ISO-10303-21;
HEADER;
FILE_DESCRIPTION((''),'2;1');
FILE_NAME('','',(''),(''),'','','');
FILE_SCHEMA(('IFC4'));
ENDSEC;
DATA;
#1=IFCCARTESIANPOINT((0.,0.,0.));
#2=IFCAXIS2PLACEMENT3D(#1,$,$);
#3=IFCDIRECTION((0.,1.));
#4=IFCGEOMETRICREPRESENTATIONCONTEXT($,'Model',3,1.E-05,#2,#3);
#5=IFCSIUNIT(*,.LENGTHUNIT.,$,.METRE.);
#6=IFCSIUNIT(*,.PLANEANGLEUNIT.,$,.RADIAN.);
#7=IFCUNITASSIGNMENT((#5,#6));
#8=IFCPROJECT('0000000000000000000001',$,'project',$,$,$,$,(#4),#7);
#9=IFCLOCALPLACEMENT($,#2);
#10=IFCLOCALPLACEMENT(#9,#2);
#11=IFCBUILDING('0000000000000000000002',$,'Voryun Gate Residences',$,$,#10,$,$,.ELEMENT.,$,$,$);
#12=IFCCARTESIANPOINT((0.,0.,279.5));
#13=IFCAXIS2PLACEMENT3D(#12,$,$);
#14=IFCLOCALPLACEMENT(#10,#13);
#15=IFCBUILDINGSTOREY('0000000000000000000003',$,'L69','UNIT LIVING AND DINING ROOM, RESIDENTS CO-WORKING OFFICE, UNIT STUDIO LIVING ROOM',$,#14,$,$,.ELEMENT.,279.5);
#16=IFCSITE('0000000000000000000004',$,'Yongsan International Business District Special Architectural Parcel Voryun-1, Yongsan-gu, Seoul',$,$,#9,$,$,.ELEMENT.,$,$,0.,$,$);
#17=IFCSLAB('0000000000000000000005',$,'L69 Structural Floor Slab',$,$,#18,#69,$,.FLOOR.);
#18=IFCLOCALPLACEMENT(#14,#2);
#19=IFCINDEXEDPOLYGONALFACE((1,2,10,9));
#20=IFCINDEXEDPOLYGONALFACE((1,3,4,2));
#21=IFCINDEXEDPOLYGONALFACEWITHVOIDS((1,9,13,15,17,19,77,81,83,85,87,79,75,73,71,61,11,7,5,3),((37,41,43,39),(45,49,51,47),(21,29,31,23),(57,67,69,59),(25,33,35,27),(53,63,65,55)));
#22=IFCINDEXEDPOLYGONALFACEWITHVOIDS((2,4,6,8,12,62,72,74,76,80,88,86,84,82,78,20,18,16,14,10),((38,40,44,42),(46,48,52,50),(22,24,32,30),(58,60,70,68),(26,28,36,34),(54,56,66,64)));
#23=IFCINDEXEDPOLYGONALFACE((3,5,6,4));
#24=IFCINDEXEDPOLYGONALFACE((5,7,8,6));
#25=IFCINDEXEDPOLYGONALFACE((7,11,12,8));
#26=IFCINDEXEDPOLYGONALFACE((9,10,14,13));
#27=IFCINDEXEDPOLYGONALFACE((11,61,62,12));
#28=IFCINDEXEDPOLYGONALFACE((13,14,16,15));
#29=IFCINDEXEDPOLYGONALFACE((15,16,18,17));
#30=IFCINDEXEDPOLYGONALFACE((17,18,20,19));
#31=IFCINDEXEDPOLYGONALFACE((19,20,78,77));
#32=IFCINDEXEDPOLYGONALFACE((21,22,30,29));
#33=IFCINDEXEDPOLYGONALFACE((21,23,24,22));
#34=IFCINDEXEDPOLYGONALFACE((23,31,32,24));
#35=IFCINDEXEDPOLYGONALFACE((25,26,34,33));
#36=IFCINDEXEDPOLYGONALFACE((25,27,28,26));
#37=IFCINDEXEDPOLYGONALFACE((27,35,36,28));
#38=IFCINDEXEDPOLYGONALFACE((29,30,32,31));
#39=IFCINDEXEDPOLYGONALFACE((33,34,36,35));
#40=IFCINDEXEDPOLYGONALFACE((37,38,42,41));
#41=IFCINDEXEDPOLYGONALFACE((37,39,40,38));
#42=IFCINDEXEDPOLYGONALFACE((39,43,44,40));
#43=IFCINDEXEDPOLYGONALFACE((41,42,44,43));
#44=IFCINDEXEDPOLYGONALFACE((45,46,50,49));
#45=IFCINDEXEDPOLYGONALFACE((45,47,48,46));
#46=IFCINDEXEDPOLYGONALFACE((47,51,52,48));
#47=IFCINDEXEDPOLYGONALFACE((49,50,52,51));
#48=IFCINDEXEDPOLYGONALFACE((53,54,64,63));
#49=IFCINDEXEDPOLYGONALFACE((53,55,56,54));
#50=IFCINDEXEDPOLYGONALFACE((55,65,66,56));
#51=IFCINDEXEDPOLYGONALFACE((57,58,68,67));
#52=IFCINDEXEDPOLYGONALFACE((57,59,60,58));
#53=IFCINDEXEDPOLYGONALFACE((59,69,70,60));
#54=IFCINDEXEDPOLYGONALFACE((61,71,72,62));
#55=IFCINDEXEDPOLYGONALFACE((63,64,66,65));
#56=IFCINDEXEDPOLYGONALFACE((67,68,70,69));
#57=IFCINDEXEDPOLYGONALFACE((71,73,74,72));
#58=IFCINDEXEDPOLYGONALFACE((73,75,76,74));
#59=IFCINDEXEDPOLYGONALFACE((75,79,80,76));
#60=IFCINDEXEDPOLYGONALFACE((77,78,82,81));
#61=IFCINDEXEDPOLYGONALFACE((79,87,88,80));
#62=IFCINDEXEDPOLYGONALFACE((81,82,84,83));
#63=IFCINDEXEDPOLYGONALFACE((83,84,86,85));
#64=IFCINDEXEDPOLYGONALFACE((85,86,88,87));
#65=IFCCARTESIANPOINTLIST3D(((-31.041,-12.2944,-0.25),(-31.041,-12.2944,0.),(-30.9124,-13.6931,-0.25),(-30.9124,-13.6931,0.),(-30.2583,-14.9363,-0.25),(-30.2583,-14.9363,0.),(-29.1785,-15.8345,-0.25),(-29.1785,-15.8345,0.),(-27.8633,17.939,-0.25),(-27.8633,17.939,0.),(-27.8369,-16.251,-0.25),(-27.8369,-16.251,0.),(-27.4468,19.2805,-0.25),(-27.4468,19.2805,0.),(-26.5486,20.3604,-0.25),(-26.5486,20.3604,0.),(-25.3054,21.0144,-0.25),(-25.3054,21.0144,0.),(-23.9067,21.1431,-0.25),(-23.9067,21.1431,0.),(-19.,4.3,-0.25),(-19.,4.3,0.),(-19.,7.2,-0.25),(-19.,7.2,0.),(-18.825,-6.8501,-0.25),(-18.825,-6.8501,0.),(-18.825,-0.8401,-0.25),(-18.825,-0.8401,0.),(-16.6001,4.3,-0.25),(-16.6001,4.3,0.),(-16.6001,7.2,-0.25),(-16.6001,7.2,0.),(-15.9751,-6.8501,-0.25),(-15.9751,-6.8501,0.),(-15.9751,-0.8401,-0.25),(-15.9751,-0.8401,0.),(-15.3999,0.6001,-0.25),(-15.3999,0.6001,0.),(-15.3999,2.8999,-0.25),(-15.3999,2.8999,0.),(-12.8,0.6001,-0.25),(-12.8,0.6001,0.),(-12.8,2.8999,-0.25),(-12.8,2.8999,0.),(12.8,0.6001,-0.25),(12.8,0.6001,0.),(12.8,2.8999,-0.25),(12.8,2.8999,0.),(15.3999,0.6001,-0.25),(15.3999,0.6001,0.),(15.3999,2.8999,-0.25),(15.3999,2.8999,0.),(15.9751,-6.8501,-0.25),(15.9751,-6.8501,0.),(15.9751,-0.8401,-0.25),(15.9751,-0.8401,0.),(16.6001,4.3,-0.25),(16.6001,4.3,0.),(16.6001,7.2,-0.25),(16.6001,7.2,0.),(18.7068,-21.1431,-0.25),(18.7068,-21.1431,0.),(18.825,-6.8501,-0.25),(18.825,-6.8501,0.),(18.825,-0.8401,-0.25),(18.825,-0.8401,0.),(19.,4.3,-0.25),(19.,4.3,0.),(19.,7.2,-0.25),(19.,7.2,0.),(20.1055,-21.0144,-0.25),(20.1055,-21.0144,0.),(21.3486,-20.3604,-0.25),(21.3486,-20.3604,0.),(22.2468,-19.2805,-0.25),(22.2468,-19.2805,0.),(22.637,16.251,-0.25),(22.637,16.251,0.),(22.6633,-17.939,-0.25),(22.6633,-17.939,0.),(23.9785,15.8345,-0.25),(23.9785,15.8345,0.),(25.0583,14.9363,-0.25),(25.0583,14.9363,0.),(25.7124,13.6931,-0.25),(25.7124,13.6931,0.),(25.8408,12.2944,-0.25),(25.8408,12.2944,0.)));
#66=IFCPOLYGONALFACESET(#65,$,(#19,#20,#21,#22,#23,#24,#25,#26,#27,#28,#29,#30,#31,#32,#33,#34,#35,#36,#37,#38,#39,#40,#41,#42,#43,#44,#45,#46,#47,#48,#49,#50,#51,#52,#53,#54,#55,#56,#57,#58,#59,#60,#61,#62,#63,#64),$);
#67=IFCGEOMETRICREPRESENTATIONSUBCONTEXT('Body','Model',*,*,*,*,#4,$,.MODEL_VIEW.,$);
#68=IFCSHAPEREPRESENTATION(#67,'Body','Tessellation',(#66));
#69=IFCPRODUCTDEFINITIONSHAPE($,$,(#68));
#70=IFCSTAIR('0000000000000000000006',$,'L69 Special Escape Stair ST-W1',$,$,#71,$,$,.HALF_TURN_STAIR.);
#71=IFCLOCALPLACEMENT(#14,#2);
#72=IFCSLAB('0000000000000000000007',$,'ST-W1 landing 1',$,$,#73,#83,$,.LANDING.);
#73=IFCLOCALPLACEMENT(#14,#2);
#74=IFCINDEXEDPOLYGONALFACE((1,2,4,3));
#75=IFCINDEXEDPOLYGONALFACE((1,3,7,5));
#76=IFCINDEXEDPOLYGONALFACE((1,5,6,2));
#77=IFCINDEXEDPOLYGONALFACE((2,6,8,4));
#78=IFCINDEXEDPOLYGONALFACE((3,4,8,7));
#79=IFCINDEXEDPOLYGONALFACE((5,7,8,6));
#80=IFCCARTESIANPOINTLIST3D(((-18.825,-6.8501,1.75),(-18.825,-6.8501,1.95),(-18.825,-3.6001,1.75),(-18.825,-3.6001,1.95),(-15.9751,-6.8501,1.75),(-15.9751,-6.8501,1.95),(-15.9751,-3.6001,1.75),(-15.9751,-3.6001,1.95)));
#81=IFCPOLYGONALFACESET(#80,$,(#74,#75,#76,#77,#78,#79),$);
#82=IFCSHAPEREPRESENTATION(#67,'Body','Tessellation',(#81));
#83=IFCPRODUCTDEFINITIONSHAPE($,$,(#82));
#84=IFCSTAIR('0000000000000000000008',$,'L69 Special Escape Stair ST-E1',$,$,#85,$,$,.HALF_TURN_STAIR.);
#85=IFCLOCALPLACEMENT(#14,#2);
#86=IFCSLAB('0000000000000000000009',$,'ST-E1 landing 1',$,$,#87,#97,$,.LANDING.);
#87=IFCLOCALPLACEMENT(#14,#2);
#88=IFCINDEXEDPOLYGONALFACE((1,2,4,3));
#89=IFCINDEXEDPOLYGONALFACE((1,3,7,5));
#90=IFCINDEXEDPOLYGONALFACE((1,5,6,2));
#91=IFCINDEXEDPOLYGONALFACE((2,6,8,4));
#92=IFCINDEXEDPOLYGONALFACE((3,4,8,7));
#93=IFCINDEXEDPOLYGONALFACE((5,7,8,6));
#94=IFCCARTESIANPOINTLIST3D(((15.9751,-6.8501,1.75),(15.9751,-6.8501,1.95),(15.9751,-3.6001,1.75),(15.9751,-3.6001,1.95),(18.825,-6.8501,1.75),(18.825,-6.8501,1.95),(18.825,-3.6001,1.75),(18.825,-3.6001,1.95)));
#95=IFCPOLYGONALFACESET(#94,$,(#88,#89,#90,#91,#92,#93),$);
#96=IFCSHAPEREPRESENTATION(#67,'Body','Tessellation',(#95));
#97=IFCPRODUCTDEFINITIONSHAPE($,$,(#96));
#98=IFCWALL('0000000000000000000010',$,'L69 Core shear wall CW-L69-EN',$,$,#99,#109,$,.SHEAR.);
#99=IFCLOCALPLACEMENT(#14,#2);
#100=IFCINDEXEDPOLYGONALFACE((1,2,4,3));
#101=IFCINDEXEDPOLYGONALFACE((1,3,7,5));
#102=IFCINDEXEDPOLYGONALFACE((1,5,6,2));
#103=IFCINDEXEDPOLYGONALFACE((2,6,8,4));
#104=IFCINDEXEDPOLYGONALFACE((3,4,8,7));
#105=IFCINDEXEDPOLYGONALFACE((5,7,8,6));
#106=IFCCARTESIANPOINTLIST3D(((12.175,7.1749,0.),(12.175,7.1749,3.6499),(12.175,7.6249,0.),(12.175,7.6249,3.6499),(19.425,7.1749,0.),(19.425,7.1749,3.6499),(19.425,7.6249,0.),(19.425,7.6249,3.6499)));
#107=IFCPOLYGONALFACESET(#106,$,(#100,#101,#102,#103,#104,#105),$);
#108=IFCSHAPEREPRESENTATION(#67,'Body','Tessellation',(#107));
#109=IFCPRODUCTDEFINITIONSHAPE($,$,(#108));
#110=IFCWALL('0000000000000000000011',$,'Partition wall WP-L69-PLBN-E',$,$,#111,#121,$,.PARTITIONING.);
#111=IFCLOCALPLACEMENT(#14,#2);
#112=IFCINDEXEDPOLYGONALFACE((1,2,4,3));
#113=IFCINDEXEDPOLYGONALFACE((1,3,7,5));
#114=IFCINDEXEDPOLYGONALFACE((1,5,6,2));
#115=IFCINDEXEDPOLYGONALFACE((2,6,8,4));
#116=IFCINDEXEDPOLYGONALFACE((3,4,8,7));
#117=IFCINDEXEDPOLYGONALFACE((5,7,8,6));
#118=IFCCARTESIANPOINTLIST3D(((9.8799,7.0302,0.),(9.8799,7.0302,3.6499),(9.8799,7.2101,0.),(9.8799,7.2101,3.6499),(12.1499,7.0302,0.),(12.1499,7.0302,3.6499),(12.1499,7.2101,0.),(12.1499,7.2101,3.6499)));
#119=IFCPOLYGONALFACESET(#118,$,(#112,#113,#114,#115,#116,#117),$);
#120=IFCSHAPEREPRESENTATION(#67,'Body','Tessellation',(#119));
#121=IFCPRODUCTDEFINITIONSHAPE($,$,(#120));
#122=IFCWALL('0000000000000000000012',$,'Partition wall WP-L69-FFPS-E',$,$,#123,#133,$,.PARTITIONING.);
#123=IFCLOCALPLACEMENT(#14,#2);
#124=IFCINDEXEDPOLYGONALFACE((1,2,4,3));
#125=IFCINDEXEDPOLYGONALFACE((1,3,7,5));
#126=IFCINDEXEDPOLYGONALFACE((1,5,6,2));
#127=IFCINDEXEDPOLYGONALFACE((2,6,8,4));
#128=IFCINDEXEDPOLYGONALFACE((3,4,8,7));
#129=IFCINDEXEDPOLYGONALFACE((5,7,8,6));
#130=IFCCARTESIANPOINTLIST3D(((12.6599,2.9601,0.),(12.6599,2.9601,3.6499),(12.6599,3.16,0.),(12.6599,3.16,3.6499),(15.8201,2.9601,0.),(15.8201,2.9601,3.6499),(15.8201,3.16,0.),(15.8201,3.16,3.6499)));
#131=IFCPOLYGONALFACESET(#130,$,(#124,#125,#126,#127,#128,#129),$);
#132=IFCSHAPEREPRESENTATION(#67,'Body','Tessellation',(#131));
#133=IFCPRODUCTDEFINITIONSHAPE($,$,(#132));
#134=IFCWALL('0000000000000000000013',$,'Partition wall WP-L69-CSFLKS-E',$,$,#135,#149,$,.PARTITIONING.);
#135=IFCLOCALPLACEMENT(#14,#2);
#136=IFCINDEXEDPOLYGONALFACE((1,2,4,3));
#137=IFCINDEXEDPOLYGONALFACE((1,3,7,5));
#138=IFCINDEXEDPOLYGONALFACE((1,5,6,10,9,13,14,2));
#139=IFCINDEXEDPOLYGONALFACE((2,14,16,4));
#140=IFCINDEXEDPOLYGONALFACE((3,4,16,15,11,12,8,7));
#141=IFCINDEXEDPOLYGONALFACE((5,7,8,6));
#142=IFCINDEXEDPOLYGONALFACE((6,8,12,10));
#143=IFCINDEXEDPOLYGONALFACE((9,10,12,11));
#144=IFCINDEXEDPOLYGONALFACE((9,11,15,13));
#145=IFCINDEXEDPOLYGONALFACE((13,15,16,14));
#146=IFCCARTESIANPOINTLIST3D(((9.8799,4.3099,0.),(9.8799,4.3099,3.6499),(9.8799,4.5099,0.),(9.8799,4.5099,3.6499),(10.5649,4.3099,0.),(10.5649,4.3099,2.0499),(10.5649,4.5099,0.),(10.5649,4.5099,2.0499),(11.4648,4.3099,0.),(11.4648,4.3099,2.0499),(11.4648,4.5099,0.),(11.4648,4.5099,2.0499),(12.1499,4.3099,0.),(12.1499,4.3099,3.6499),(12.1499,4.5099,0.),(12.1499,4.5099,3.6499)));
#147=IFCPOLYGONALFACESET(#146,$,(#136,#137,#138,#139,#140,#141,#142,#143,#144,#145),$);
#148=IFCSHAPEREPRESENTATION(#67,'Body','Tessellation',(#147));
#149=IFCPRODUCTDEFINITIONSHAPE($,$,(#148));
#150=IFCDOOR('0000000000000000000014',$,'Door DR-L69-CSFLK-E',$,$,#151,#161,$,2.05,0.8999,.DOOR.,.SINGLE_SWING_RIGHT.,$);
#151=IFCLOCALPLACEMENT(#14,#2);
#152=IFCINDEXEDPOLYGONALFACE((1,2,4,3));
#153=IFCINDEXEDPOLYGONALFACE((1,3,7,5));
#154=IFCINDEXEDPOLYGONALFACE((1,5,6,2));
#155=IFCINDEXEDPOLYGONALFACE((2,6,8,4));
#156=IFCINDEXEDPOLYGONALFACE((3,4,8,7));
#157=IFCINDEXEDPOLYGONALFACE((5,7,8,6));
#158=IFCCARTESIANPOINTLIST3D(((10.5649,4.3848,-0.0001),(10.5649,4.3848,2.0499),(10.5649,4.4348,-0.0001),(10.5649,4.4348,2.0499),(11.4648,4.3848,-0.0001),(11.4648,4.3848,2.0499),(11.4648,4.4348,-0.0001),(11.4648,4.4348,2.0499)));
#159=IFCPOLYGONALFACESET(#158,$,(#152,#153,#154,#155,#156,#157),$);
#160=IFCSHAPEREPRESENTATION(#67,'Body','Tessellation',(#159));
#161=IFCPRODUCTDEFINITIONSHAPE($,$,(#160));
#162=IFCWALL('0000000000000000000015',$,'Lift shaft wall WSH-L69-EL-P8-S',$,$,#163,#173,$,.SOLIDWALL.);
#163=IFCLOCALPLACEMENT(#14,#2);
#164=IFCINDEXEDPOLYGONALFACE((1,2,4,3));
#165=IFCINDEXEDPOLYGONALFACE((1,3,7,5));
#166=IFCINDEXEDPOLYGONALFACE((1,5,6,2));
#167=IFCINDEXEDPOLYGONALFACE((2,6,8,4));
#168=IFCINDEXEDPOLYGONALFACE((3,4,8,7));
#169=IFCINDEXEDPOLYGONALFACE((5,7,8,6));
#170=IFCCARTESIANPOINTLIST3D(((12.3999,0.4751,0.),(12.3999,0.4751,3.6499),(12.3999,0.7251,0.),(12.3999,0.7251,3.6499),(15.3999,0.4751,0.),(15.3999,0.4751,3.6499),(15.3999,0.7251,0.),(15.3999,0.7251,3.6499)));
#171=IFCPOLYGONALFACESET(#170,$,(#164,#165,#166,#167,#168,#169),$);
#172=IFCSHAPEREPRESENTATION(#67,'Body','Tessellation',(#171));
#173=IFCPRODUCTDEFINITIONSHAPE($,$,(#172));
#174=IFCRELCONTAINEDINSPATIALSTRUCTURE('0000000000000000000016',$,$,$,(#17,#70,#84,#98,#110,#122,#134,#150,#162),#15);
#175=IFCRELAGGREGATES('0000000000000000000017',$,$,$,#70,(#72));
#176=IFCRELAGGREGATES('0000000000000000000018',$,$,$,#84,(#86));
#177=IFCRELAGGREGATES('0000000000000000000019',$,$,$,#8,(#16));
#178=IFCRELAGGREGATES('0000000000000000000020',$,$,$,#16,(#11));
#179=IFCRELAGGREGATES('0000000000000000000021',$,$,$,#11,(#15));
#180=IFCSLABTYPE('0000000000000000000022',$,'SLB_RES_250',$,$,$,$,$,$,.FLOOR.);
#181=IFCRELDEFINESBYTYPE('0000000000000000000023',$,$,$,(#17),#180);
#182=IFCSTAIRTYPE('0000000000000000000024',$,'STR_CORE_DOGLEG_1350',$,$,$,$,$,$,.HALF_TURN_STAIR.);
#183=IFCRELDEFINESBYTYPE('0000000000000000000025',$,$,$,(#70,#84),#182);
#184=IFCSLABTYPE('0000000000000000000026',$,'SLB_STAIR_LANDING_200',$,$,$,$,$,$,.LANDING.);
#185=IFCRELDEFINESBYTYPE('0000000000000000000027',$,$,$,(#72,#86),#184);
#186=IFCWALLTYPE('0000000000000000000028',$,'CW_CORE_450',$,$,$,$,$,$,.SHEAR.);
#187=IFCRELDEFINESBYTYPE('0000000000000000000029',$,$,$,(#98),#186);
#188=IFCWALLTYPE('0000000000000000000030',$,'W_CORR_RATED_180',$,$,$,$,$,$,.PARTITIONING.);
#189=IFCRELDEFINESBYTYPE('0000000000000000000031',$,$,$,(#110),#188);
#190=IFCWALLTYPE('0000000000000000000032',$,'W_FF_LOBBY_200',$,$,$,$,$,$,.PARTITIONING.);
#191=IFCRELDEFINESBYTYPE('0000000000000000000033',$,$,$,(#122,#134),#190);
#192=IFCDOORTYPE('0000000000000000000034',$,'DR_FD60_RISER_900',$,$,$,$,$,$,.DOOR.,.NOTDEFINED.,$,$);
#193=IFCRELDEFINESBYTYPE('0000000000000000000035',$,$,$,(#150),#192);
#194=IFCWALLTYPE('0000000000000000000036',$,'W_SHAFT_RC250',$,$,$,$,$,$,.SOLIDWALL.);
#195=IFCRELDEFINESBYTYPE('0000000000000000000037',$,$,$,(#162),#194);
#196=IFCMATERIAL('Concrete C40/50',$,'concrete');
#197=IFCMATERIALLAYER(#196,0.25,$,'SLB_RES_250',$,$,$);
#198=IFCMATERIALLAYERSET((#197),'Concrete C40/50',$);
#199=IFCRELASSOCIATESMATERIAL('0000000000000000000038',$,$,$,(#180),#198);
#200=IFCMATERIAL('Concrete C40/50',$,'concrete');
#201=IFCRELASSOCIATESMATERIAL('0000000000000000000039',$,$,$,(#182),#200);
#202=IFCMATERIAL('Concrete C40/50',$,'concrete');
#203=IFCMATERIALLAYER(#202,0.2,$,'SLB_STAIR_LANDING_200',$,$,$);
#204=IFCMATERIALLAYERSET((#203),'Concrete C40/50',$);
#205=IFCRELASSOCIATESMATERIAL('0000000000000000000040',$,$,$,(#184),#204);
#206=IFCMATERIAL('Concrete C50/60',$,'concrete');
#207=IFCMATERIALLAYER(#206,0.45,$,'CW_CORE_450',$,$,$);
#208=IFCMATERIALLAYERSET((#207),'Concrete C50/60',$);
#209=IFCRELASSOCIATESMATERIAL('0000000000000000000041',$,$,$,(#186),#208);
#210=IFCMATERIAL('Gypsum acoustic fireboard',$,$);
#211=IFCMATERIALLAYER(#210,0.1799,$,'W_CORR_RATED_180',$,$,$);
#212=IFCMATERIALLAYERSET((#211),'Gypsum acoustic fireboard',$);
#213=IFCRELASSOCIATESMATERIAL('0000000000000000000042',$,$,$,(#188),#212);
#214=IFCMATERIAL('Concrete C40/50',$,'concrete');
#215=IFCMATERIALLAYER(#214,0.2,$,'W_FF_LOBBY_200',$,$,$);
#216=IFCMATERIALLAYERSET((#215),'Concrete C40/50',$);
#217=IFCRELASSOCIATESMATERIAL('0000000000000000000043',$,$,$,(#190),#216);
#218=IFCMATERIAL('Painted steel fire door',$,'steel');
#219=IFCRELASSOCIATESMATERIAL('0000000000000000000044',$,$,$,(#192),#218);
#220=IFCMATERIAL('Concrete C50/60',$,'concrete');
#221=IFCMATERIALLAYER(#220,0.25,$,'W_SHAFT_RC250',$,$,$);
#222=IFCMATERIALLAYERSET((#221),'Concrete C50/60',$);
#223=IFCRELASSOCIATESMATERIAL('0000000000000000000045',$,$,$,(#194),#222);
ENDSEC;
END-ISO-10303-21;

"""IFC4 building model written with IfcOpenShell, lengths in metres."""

from ifc_helpers import new_model, si_unit, direction, frame, frame_2d, origin, place, context, subcontext, project, spatial, polyline, rectangle, outline, extrude, material, layer, layer_set, type_object, element, fill, aggregate, save


model = new_model("IFC4")

# Units and contexts
model_context = context("Model", 3, precision=1e-05, world=origin(), true_north=direction((0.0, 1.0)))
body_context = subcontext(model_context, "Body", "Model", "MODEL_VIEW")
ifc_project = project(units=[si_unit("LENGTHUNIT", "METRE"), si_unit("PLANEANGLEUNIT", "RADIAN")], contexts=[model_context])

# Site, building, storey
site_placement = place(None, origin())
site = spatial("IfcSite", under=ifc_project, at=site_placement, Name="Yongsan International Business District Special Architectural Parcel Voryun-1, Yongsan-gu, Seoul", CompositionType="ELEMENT", RefElevation=0.0)
building_placement = place(site_placement, origin())
building = spatial("IfcBuilding", under=site, at=building_placement, Name="Voryun Gate Residences", CompositionType="ELEMENT")
storey_placement = place(building_placement, frame((0.0, 0.0, 279.5)))
storey = spatial("IfcBuildingStorey", under=building, at=storey_placement, Name="L69", Description="UNIT LIVING AND DINING ROOM, RESIDENTS CO-WORKING OFFICE, UNIT STUDIO LIVING ROOM", CompositionType="ELEMENT", Elevation=279.5)

# Slab
ifc_material_1 = material(Name="Concrete C40/50", Category="concrete")
ifc_layer_1 = layer(ifc_material_1, 0.25, Name="SLB_RES_250")
ifc_layer_set_1 = layer_set([ifc_layer_1], Name="Concrete C40/50")
slab_type_1 = type_object("IfcSlabType", Name="SLB_RES_250", PredefinedType="FLOOR", material=ifc_layer_set_1)
slab_1_placement = place(storey_placement, frame((0.0, 0.0, -0.25)))
element("IfcSlab", 1, at=slab_1_placement, inside=storey, type_object=slab_type_1, Name="L69 Structural Floor Slab", PredefinedType="FLOOR", context=body_context, shape_type="SweptSolid", body=[
    extrude(outline(polyline([(-27.8369, -16.251), (-29.1785, -15.8345), (-30.2583, -14.9363), (-30.9124, -13.6931), (-31.041, -12.2944), (-27.8633, 17.939), (-27.4468, 19.2805), (-26.5486, 20.3604), (-25.3054, 21.0144), (-23.9067, 21.1431), (22.637, 16.251), (23.9785, 15.8345), (25.0583, 14.9363), (25.7124, 13.6931), (25.8408, 12.2944), (22.6633, -17.939), (22.2468, -19.2805), (21.3486, -20.3604), (20.1055, -21.0144), (18.7068, -21.1431), (-27.8369, -16.251)]), holes=[polyline([(-15.9751, -0.8401), (-18.825, -0.8401), (-18.825, -6.8501), (-15.9751, -6.8501), (-15.9751, -0.8401)]), polyline([(18.825, -6.8501), (18.825, -0.8401), (15.9751, -0.8401), (15.9751, -6.8501), (18.825, -6.8501)]), polyline([(-12.8, 2.8999), (-15.3999, 2.8999), (-15.3999, 0.6001), (-12.8, 0.6001), (-12.8, 2.8999)]), polyline([(12.8, 2.8999), (12.8, 0.6001), (15.3999, 0.6001), (15.3999, 2.8999), (12.8, 2.8999)]), polyline([(-16.6001, 7.2), (-19.0, 7.2), (-19.0, 4.3), (-16.6001, 4.3), (-16.6001, 7.2)]), polyline([(19.0, 7.2), (16.6001, 7.2), (16.6001, 4.3), (19.0, 4.3), (19.0, 7.2)])]), origin(), (0.0, 0.0, 1.0), 0.25),
])

# Stairs, slabs
ifc_material_2 = material(Name="Concrete C40/50", Category="concrete")
stair_type = type_object("IfcStairType", Name="STR_CORE_DOGLEG_1350", PredefinedType="HALF_TURN_STAIR", material=ifc_material_2)
stair_1_placement = place(storey_placement, origin())
stair_1 = element("IfcStair", 2, at=stair_1_placement, inside=storey, type_object=stair_type, Name="L69 Special Escape Stair ST-W1", PredefinedType="HALF_TURN_STAIR")
ifc_material_3 = material(Name="Concrete C40/50", Category="concrete")
ifc_layer_2 = layer(ifc_material_3, 0.2, Name="SLB_STAIR_LANDING_200")
ifc_layer_set_2 = layer_set([ifc_layer_2], Name="Concrete C40/50")
slab_type_2 = type_object("IfcSlabType", Name="SLB_STAIR_LANDING_200", PredefinedType="LANDING", material=ifc_layer_set_2)
slab_2_placement = place(storey_placement, frame((0.0, 0.0, 1.75)))
slab_2 = element("IfcSlab", 3, at=slab_2_placement, type_object=slab_type_2, Name="ST-W1 landing 1", PredefinedType="LANDING", context=body_context, shape_type="SweptSolid", body=[
    extrude(outline(polyline([(-18.825, -3.6001), (-18.825, -6.8501), (-15.9751, -6.8501), (-15.9751, -3.6001), (-18.825, -3.6001)])), origin(), (0.0, 0.0, 1.0), 0.2),
])
aggregate(stair_1, [slab_2])
stair_2_placement = place(storey_placement, origin())
stair_2 = element("IfcStair", 4, at=stair_2_placement, inside=storey, type_object=stair_type, Name="L69 Special Escape Stair ST-E1", PredefinedType="HALF_TURN_STAIR")
slab_3_placement = place(storey_placement, frame((0.0, 0.0, 1.75)))
slab_3 = element("IfcSlab", 5, at=slab_3_placement, type_object=slab_type_2, Name="ST-E1 landing 1", PredefinedType="LANDING", context=body_context, shape_type="SweptSolid", body=[
    extrude(outline(polyline([(15.9751, -3.6001), (15.9751, -6.8501), (18.825, -6.8501), (18.825, -3.6001), (15.9751, -3.6001)])), origin(), (0.0, 0.0, 1.0), 0.2),
])
aggregate(stair_2, [slab_3])

# Walls
ifc_material_4 = material(Name="Concrete C50/60", Category="concrete")
ifc_layer_3 = layer(ifc_material_4, 0.45, Name="CW_CORE_450")
ifc_layer_set_3 = layer_set([ifc_layer_3], Name="Concrete C50/60")
wall_type_1 = type_object("IfcWallType", Name="CW_CORE_450", PredefinedType="SHEAR", material=ifc_layer_set_3)
wall_1_placement = place(storey_placement, frame((12.175, 7.3999, 0.0), z_axis=(0.0, 0.0, 1.0), x_axis=(1.0, 0.0, 0.0)))
element("IfcWall", 6, at=wall_1_placement, inside=storey, type_object=wall_type_1, Name="L69 Core shear wall CW-L69-EN", PredefinedType="SHEAR", context=body_context, shape_type="SweptSolid", body=[
    extrude(rectangle(XDim=7.25, YDim=0.45, at=frame_2d((3.625, 0.0))), origin(), (0.0, 0.0, 1.0), 3.6499),
])
ifc_material_5 = material(Name="Gypsum acoustic fireboard")
ifc_layer_4 = layer(ifc_material_5, 0.1799, Name="W_CORR_RATED_180")
ifc_layer_set_4 = layer_set([ifc_layer_4], Name="Gypsum acoustic fireboard")
wall_type_2 = type_object("IfcWallType", Name="W_CORR_RATED_180", PredefinedType="PARTITIONING", material=ifc_layer_set_4)
wall_2_placement = place(storey_placement, frame((9.8799, 7.1201, 0.0), z_axis=(0.0, 0.0, 1.0), x_axis=(1.0, 0.0, 0.0)))
element("IfcWall", 7, at=wall_2_placement, inside=storey, type_object=wall_type_2, Name="Partition wall WP-L69-PLBN-E", PredefinedType="PARTITIONING", context=body_context, shape_type="SweptSolid", body=[
    extrude(rectangle(XDim=2.27, YDim=0.1799, at=frame_2d((1.135, 0.0))), origin(), (0.0, 0.0, 1.0), 3.6499),
])
ifc_material_6 = material(Name="Concrete C40/50", Category="concrete")
ifc_layer_5 = layer(ifc_material_6, 0.2, Name="W_FF_LOBBY_200")
ifc_layer_set_5 = layer_set([ifc_layer_5], Name="Concrete C40/50")
wall_type_3 = type_object("IfcWallType", Name="W_FF_LOBBY_200", PredefinedType="PARTITIONING", material=ifc_layer_set_5)
wall_3_placement = place(storey_placement, frame((12.6599, 3.0601, 0.0), z_axis=(0.0, 0.0, 1.0), x_axis=(1.0, 0.0, 0.0)))
element("IfcWall", 8, at=wall_3_placement, inside=storey, type_object=wall_type_3, Name="Partition wall WP-L69-FFPS-E", PredefinedType="PARTITIONING", context=body_context, shape_type="SweptSolid", body=[
    extrude(rectangle(XDim=3.1602, YDim=0.2, at=frame_2d((1.5801, 0.0))), origin(), (0.0, 0.0, 1.0), 3.6499),
])

# Wall, opening, door
wall_4_placement = place(storey_placement, frame((9.8799, 4.4099, 0.0), z_axis=(0.0, 0.0, 1.0), x_axis=(1.0, 0.0, 0.0)))
wall_4 = element("IfcWall", 9, at=wall_4_placement, inside=storey, type_object=wall_type_3, Name="Partition wall WP-L69-CSFLKS-E", PredefinedType="PARTITIONING", context=body_context, shape_type="SweptSolid", body=[
    extrude(rectangle(XDim=2.27, YDim=0.2, at=frame_2d((1.135, 0.0))), origin(), (0.0, 0.0, 1.0), 3.6499),
])
opening_placement = place(wall_4_placement, frame((0.6851, 0.0, 0.0)))
opening = element("IfcOpeningElement", 10, at=opening_placement, cuts=wall_4, PredefinedType="OPENING", context=body_context, shape_type="SweptSolid", body=[
    extrude(rectangle(XDim=0.8999, YDim=2.05, at=frame_2d((0.45, 1.0249))), frame((0.0, 0.1101, 0.0), z_axis=(0.0, -1.0, 0.0), x_axis=(1.0, 0.0, 0.0)), (0.0, 0.0, 1.0), 0.22),
])
ifc_material_7 = material(Name="Painted steel fire door", Category="steel")
door_type = type_object("IfcDoorType", Name="DR_FD60_RISER_900", OperationType="NOTDEFINED", PredefinedType="DOOR", material=ifc_material_7)
door_placement = place(opening_placement, origin())
door = element("IfcDoor", 11, at=door_placement, inside=storey, type_object=door_type, Name="Door DR-L69-CSFLK-E", OperationType="SINGLE_SWING_RIGHT", OverallHeight=2.05, OverallWidth=0.8999, PredefinedType="DOOR", context=body_context, shape_type="SweptSolid", body=[
    extrude(rectangle(XDim=0.8999, YDim=2.05, at=frame_2d((0.45, 1.0249))), frame((0.0, 0.0249, 0.0), z_axis=(0.0, -1.0, 0.0), x_axis=(1.0, 0.0, 0.0)), (0.0, 0.0, 1.0), 0.05),
])
fill(opening, door)

# Wall
ifc_material_8 = material(Name="Concrete C50/60", Category="concrete")
ifc_layer_6 = layer(ifc_material_8, 0.25, Name="W_SHAFT_RC250")
ifc_layer_set_6 = layer_set([ifc_layer_6], Name="Concrete C50/60")
wall_type_4 = type_object("IfcWallType", Name="W_SHAFT_RC250", PredefinedType="SOLIDWALL", material=ifc_layer_set_6)
wall_5_placement = place(storey_placement, frame((12.3999, 0.6001, 0.0), z_axis=(0.0, 0.0, 1.0), x_axis=(1.0, 0.0, 0.0)))
element("IfcWall", 12, at=wall_5_placement, inside=storey, type_object=wall_type_4, Name="Lift shaft wall WSH-L69-EL-P8-S", PredefinedType="SOLIDWALL", context=body_context, shape_type="SweptSolid", body=[
    extrude(rectangle(XDim=3.0, YDim=0.25, at=frame_2d((1.5, 0.0))), origin(), (0.0, 0.0, 1.0), 3.6499),
])

save(model, "model.ifc")
